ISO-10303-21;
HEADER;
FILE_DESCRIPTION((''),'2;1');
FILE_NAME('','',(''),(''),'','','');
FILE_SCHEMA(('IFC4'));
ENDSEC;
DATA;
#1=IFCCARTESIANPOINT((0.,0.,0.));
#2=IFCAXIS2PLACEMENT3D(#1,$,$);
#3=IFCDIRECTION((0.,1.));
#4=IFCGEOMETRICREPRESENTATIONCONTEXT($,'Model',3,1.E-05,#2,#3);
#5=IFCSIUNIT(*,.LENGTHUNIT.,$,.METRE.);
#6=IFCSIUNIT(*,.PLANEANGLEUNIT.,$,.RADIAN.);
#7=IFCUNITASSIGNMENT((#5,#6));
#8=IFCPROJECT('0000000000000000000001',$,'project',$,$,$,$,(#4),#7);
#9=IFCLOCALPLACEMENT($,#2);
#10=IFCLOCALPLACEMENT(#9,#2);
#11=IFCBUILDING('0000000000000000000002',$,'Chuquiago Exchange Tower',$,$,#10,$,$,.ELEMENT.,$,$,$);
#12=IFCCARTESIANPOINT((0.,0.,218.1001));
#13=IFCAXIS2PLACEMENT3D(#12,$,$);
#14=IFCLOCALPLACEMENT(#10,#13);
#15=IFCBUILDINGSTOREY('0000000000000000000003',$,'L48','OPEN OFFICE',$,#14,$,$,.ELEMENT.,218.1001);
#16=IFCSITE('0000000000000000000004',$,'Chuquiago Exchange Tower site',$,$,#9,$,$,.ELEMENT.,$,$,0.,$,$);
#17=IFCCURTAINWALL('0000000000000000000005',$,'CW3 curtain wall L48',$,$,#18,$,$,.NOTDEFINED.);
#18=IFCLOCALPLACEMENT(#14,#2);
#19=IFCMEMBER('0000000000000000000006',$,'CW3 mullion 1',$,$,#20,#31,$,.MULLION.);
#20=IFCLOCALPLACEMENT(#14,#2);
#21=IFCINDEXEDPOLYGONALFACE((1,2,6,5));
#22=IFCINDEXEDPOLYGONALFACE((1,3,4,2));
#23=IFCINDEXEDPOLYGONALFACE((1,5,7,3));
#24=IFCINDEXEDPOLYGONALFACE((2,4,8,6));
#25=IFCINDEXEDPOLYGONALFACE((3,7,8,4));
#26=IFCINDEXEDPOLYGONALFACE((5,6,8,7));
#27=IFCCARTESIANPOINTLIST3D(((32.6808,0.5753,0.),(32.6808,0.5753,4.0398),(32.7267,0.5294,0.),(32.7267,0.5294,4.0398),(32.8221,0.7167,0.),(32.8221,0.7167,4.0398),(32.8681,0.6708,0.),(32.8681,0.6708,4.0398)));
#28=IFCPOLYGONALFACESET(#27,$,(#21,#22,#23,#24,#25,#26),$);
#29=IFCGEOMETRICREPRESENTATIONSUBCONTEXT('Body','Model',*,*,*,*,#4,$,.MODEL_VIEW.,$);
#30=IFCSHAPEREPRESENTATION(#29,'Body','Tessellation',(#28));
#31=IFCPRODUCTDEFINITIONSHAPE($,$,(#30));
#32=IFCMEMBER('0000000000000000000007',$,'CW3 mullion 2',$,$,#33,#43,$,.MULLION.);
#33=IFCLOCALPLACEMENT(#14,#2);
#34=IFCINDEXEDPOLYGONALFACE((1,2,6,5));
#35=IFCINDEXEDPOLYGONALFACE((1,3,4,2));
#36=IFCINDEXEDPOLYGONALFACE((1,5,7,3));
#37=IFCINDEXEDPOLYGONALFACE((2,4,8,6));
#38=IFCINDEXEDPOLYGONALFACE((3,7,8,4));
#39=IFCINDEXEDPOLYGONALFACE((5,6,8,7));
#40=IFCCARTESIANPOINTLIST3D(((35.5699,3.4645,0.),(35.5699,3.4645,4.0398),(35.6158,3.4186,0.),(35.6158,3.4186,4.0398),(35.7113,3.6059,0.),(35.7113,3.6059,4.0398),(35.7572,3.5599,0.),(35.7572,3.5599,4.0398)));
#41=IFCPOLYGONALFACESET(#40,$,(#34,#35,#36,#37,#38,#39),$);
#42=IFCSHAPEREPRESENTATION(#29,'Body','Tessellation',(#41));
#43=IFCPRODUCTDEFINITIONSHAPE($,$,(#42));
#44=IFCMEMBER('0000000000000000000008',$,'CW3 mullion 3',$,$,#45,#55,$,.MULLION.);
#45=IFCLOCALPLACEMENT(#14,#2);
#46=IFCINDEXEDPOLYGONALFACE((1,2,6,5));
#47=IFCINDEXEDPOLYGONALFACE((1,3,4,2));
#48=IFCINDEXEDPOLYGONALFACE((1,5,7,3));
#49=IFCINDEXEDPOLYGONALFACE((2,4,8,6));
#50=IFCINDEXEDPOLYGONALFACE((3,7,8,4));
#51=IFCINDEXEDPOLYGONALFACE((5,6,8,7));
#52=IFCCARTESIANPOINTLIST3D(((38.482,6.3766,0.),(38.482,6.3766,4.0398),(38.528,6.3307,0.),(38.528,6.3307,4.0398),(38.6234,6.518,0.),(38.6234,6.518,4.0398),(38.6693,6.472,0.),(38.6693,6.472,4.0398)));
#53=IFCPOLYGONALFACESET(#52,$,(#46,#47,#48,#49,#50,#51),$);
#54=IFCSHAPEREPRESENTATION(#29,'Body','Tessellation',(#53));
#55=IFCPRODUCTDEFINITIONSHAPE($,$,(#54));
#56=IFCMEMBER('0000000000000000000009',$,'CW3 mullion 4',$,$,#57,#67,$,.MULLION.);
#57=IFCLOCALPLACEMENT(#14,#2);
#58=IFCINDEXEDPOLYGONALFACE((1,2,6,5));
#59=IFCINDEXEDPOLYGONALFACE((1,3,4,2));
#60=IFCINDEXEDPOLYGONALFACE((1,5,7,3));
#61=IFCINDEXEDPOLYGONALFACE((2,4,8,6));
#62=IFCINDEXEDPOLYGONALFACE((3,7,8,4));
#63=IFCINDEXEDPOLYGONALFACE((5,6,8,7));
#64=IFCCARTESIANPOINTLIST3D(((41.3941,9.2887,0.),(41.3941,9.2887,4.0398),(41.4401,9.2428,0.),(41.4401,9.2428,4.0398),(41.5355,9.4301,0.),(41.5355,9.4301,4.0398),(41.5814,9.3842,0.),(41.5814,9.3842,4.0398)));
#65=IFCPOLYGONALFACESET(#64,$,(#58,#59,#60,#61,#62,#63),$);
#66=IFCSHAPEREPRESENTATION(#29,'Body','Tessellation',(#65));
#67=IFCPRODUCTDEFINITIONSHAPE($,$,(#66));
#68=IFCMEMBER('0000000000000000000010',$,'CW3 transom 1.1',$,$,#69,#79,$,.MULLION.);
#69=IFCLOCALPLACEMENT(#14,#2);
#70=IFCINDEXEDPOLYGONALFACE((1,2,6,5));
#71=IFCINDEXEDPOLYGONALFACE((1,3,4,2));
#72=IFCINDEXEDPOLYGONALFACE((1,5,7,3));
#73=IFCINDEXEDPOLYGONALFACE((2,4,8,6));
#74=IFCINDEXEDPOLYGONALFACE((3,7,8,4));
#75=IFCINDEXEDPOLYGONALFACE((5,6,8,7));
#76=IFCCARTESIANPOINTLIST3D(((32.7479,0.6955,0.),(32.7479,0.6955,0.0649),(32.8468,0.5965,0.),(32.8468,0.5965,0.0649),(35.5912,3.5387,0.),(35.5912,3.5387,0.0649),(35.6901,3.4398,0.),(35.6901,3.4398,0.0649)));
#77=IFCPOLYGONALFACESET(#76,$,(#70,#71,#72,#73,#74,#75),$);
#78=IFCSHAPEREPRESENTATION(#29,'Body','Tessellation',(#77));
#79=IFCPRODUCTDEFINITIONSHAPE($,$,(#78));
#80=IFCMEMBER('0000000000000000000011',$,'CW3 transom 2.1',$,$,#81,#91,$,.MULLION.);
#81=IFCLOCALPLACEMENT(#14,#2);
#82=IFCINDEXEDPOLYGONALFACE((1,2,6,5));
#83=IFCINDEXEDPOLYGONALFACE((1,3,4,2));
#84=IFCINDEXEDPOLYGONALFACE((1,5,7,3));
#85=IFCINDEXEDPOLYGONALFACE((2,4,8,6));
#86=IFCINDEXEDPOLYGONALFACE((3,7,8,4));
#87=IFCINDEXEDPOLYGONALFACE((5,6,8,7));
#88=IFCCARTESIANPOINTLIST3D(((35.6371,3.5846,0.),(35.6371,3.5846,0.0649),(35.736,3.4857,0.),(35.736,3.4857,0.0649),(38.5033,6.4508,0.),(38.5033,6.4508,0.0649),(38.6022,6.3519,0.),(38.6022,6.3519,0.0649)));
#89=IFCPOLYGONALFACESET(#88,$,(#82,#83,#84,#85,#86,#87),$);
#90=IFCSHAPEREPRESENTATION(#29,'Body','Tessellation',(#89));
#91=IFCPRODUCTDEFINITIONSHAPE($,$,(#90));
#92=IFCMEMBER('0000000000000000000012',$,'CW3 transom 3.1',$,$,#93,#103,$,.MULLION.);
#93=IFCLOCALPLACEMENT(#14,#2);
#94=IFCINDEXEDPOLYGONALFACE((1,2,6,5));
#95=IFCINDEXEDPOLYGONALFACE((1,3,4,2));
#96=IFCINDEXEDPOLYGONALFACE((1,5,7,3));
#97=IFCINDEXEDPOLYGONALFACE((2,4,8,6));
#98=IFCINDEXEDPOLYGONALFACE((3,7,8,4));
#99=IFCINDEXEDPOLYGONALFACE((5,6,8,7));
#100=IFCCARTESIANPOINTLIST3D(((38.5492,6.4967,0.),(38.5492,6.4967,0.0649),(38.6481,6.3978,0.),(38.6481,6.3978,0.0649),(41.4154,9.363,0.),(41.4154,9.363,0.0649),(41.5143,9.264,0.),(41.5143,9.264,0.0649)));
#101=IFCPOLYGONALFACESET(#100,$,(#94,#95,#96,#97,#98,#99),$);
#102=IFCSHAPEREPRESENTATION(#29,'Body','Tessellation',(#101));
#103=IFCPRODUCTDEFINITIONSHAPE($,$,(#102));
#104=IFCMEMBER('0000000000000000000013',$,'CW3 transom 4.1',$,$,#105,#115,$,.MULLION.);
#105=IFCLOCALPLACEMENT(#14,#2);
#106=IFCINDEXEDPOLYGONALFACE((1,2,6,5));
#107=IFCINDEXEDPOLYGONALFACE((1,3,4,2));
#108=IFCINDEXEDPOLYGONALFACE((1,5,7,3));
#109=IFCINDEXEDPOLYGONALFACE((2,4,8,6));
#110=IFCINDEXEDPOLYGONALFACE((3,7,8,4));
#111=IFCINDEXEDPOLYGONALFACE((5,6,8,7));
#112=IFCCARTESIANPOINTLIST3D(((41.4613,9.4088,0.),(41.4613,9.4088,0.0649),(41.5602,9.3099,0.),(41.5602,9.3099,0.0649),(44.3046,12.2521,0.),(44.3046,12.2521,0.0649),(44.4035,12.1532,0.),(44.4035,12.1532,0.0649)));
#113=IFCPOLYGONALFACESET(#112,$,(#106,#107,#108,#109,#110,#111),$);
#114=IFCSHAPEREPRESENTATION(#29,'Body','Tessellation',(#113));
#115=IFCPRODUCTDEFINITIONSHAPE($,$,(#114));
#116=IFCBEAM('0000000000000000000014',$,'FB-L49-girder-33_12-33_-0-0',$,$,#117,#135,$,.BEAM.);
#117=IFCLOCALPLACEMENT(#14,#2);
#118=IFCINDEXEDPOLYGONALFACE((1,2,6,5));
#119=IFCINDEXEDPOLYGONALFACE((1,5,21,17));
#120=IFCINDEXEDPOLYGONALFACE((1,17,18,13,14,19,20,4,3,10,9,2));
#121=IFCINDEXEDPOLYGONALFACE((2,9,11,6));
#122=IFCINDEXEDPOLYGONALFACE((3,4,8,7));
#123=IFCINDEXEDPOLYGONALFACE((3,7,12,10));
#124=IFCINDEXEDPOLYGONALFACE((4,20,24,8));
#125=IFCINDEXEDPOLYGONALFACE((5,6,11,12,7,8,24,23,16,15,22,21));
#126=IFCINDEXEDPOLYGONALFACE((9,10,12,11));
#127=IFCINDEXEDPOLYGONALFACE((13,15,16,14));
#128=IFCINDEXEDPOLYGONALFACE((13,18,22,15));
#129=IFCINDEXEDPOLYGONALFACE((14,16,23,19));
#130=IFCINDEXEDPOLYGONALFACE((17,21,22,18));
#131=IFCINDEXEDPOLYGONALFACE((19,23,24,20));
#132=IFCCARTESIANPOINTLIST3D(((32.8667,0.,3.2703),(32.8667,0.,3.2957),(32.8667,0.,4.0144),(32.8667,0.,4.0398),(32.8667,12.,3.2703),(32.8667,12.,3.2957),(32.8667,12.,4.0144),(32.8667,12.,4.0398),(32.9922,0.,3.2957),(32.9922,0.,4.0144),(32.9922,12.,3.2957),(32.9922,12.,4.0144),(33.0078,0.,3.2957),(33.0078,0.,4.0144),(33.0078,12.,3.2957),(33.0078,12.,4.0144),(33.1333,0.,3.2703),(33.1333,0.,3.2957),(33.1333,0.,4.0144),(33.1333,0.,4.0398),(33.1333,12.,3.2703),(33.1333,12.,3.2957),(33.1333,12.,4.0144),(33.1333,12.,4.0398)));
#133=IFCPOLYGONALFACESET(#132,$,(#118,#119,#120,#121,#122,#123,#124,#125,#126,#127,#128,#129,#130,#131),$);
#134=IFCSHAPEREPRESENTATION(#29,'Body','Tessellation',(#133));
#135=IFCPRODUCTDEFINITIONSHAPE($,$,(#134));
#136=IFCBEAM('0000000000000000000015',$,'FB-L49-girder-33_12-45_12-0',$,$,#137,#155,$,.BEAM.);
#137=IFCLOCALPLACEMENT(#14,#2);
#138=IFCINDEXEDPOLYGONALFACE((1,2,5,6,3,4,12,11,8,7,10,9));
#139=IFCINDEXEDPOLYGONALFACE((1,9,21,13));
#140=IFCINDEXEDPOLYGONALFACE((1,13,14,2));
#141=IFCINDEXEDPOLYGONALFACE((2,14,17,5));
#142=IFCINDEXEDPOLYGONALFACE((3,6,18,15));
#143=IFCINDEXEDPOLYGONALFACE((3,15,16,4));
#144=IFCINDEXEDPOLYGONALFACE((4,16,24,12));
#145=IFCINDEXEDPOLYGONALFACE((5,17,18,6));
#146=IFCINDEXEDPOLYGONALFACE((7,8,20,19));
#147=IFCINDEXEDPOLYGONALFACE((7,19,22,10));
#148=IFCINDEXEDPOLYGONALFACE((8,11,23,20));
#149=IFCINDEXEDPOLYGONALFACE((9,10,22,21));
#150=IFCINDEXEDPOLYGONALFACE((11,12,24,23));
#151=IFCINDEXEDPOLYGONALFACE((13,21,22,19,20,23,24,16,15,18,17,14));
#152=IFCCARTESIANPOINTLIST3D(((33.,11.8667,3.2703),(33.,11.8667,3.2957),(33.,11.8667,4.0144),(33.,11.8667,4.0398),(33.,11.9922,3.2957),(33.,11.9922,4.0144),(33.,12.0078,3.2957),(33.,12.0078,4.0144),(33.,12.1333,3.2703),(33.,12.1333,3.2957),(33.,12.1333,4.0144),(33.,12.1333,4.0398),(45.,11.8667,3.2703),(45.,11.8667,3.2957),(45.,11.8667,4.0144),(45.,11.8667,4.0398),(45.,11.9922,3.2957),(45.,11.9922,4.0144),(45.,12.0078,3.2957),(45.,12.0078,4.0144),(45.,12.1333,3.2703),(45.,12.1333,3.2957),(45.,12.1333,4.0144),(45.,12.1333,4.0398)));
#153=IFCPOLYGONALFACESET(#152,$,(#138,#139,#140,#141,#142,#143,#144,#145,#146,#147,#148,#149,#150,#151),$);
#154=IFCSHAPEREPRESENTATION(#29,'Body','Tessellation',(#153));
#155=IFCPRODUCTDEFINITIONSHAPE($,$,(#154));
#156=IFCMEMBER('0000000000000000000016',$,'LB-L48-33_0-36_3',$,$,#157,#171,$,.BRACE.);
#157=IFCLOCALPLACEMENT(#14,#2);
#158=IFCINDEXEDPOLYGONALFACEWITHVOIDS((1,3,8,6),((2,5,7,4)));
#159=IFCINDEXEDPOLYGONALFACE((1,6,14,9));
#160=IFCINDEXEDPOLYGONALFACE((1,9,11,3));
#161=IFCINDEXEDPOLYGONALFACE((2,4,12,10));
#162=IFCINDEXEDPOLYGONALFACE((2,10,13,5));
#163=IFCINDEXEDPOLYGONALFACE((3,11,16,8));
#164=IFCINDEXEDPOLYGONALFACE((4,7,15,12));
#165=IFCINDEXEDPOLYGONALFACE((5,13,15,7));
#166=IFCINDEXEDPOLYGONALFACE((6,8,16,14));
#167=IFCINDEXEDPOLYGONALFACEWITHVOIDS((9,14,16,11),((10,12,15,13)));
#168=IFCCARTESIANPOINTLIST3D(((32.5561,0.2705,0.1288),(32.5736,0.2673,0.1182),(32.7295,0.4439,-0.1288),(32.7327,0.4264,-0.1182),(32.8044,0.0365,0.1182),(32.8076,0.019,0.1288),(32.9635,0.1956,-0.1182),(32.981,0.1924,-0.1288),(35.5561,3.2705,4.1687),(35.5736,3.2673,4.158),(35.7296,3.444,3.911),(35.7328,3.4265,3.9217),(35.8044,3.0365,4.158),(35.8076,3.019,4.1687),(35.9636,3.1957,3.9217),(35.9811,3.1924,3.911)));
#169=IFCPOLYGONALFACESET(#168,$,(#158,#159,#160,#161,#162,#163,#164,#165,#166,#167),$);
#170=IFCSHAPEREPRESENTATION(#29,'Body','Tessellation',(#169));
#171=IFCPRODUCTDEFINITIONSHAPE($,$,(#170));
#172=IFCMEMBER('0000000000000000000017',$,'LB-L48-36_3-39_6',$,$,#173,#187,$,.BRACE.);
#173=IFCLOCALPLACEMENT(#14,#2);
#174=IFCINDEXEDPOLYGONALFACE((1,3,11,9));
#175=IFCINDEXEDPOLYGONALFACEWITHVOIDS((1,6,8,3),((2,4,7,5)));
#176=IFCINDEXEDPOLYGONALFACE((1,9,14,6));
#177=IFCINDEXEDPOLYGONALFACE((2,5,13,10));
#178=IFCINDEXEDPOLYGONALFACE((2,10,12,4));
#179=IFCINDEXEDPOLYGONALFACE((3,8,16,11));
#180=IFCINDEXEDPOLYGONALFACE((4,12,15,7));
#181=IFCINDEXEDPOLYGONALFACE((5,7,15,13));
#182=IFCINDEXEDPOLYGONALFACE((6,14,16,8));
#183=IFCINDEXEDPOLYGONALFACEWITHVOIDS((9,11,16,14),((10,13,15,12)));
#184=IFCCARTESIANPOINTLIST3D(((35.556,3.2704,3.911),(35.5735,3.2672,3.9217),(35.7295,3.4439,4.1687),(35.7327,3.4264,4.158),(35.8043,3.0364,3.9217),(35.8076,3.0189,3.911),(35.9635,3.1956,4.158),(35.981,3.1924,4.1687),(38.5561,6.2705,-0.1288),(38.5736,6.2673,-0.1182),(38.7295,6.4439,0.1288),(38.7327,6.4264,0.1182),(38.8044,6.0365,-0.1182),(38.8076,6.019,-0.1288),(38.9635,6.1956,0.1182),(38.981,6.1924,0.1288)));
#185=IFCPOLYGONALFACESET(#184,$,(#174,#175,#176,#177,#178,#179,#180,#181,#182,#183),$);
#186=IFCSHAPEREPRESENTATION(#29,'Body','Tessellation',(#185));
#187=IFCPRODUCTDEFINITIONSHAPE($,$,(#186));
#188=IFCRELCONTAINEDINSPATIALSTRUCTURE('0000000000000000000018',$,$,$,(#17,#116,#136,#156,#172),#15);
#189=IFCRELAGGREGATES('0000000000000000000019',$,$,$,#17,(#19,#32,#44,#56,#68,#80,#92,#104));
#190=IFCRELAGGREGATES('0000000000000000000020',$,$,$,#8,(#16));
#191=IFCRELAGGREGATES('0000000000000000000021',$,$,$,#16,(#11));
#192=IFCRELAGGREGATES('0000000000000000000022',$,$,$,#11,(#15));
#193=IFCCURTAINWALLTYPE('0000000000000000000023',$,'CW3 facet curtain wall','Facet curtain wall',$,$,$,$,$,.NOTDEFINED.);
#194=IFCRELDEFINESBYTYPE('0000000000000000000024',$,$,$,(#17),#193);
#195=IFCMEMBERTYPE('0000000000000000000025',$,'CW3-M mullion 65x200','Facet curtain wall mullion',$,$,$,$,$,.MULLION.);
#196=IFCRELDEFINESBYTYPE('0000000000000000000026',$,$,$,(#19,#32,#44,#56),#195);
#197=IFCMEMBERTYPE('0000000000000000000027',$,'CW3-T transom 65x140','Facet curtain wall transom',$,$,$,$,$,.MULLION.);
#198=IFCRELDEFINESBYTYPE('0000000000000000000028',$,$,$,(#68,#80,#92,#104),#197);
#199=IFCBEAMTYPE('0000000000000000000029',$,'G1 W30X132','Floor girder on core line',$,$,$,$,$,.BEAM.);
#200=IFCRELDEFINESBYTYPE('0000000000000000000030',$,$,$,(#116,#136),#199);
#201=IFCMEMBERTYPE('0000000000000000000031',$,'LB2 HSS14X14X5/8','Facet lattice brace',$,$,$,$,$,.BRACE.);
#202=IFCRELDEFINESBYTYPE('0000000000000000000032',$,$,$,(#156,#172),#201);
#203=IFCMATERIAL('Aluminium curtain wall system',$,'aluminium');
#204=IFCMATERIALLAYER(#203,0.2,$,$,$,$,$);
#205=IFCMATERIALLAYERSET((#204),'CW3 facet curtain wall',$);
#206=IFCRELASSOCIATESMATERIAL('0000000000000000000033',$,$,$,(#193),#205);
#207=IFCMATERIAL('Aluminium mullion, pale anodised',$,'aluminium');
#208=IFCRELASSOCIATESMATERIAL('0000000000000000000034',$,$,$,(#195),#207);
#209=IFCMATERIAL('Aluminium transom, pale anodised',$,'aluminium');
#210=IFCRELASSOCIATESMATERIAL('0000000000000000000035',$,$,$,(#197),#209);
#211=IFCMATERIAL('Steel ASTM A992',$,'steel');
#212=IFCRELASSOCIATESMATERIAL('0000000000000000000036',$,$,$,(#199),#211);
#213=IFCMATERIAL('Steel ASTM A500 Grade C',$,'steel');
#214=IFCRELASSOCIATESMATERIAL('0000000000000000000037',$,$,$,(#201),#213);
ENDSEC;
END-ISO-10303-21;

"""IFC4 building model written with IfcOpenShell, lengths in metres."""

from ifc_helpers import new_model, si_unit, direction, frame, origin, origin_2d, place, context, subcontext, project, spatial, rectangle, hollow_rectangle, i_section, extrude, material, layer, layer_set, material_profile, profile_set, type_object, element, aggregate, save


model = new_model("IFC4")

# Units and contexts
model_context = context("Model", 3, precision=1e-05, world=origin(), true_north=direction((0.0, 1.0)))
body_context = subcontext(model_context, "Body", "Model", "MODEL_VIEW")
ifc_project = project(units=[si_unit("LENGTHUNIT", "METRE"), si_unit("PLANEANGLEUNIT", "RADIAN")], contexts=[model_context])

# Site, building, storey
site_placement = place(None, origin())
site = spatial("IfcSite", under=ifc_project, at=site_placement, Name="Chuquiago Exchange Tower site", CompositionType="ELEMENT", RefElevation=0.0)
building_placement = place(site_placement, origin())
building = spatial("IfcBuilding", under=site, at=building_placement, Name="Chuquiago Exchange Tower", CompositionType="ELEMENT")
storey_placement = place(building_placement, frame((0.0, 0.0, 218.1001)))
storey = spatial("IfcBuildingStorey", under=building, at=storey_placement, Name="L48", Description="OPEN OFFICE", CompositionType="ELEMENT", Elevation=218.1001)

# Curtain wall, members
ifc_material_1 = material(Name="Aluminium curtain wall system", Category="aluminium")
ifc_layer_1 = layer(ifc_material_1, 0.2)
ifc_layer_set_1 = layer_set([ifc_layer_1], Name="CW3 facet curtain wall")
curtain_wall_type = type_object("IfcCurtainWallType", Name="CW3 facet curtain wall", Description="Facet curtain wall", PredefinedType="NOTDEFINED", material=ifc_layer_set_1)
curtain_wall_placement = place(storey_placement, origin())
curtain_wall = element("IfcCurtainWall", 1, at=curtain_wall_placement, inside=storey, type_object=curtain_wall_type, Name="CW3 curtain wall L48", PredefinedType="NOTDEFINED")
ifc_material_2 = material(Name="Aluminium mullion, pale anodised", Category="aluminium")
ifc_material_profile_1 = material_profile(ifc_material_2, rectangle(XDim=0.0649, YDim=0.2, at=origin_2d()), Name="AL 65x200")
ifc_profile_set_1 = profile_set([ifc_material_profile_1], Name="Aluminium mullion, pale anodised")
member_type_1 = type_object("IfcMemberType", Name="CW3-M mullion 65x200", Description="Facet curtain wall mullion", PredefinedType="MULLION", material=ifc_profile_set_1)
member_1_placement = place(storey_placement, frame((32.7744, 0.623, 0.0), z_axis=(0.0, 0.0, 1.0), x_axis=(-0.707107, 0.707107, 0.0)))
member_1 = element("IfcMember", 2, at=member_1_placement, type_object=member_type_1, Name="CW3 mullion 1", PredefinedType="MULLION", context=body_context, shape_type="SweptSolid", body=[
    extrude(rectangle(XDim=0.0649, YDim=0.2, at=origin_2d()), origin(), (0.0, 0.0, 1.0), 4.0398),
])
member_2_placement = place(storey_placement, frame((35.6636, 3.5122, 0.0), z_axis=(0.0, 0.0, 1.0), x_axis=(-0.707107, 0.707107, 0.0)))
member_2 = element("IfcMember", 3, at=member_2_placement, type_object=member_type_1, Name="CW3 mullion 2", PredefinedType="MULLION", context=body_context, shape_type="SweptSolid", body=[
    extrude(rectangle(XDim=0.0649, YDim=0.2, at=origin_2d()), origin(), (0.0, 0.0, 1.0), 4.0398),
])
member_3_placement = place(storey_placement, frame((38.5757, 6.4243, 0.0), z_axis=(0.0, 0.0, 1.0), x_axis=(-0.707107, 0.707107, 0.0)))
member_3 = element("IfcMember", 4, at=member_3_placement, type_object=member_type_1, Name="CW3 mullion 3", PredefinedType="MULLION", context=body_context, shape_type="SweptSolid", body=[
    extrude(rectangle(XDim=0.0649, YDim=0.2, at=origin_2d()), origin(), (0.0, 0.0, 1.0), 4.0398),
])
member_4_placement = place(storey_placement, frame((41.4878, 9.3364, 0.0), z_axis=(0.0, 0.0, 1.0), x_axis=(-0.707107, 0.707107, 0.0)))
member_4 = element("IfcMember", 5, at=member_4_placement, type_object=member_type_1, Name="CW3 mullion 4", PredefinedType="MULLION", context=body_context, shape_type="SweptSolid", body=[
    extrude(rectangle(XDim=0.0649, YDim=0.2, at=origin_2d()), origin(), (0.0, 0.0, 1.0), 4.0398),
])
ifc_material_3 = material(Name="Aluminium transom, pale anodised", Category="aluminium")
ifc_material_profile_2 = material_profile(ifc_material_3, rectangle(XDim=0.1399, YDim=0.0649, at=origin_2d()), Name="AL 140x65")
ifc_profile_set_2 = profile_set([ifc_material_profile_2], Name="Aluminium transom, pale anodised")
member_type_2 = type_object("IfcMemberType", Name="CW3-T transom 65x140", Description="Facet curtain wall transom", PredefinedType="MULLION", material=ifc_profile_set_2)
member_5_placement = place(storey_placement, frame((32.7974, 0.646, 0.0325), z_axis=(0.707107, 0.707107, 0.0), x_axis=(-0.707107, 0.707107, 0.0)))
member_5 = element("IfcMember", 6, at=member_5_placement, type_object=member_type_2, Name="CW3 transom 1.1", PredefinedType="MULLION", context=body_context, shape_type="SweptSolid", body=[
    extrude(rectangle(XDim=0.1399, YDim=0.0649, at=origin_2d()), origin(), (0.0, 0.0, 1.0), 4.021),
])
member_6_placement = place(storey_placement, frame((35.6865, 3.5352, 0.0325), z_axis=(0.707107, 0.707107, 0.0), x_axis=(-0.707107, 0.707107, 0.0)))
member_6 = element("IfcMember", 7, at=member_6_placement, type_object=member_type_2, Name="CW3 transom 2.1", PredefinedType="MULLION", context=body_context, shape_type="SweptSolid", body=[
    extrude(rectangle(XDim=0.1399, YDim=0.0649, at=origin_2d()), origin(), (0.0, 0.0, 1.0), 4.0535),
])
member_7_placement = place(storey_placement, frame((38.5986, 6.4473, 0.0325), z_axis=(0.707107, 0.707107, 0.0), x_axis=(-0.707107, 0.707107, 0.0)))
member_7 = element("IfcMember", 8, at=member_7_placement, type_object=member_type_2, Name="CW3 transom 3.1", PredefinedType="MULLION", context=body_context, shape_type="SweptSolid", body=[
    extrude(rectangle(XDim=0.1399, YDim=0.0649, at=origin_2d()), origin(), (0.0, 0.0, 1.0), 4.0535),
])
member_8_placement = place(storey_placement, frame((41.5107, 9.3594, 0.0325), z_axis=(0.707107, 0.707107, 0.0), x_axis=(-0.707107, 0.707107, 0.0)))
member_8 = element("IfcMember", 9, at=member_8_placement, type_object=member_type_2, Name="CW3 transom 4.1", PredefinedType="MULLION", context=body_context, shape_type="SweptSolid", body=[
    extrude(rectangle(XDim=0.1399, YDim=0.0649, at=origin_2d()), origin(), (0.0, 0.0, 1.0), 4.021),
])

# Beams
ifc_material_4 = material(Name="Steel ASTM A992", Category="steel")
ifc_material_profile_3 = material_profile(ifc_material_4, i_section(OverallWidth=0.2666, OverallDepth=0.7695, WebThickness=0.0156, FlangeThickness=0.0254, at=origin_2d()), Name="W30X132")
ifc_profile_set_3 = profile_set([ifc_material_profile_3], Name="Steel ASTM A992")
beam_type_1 = type_object("IfcBeamType", Name="G1 W30X132", Description="Floor girder on core line", PredefinedType="BEAM", material=ifc_profile_set_3)
for number, where, z_axis, x_axis, name in (
    (10, (33.0, 12.0, 3.655), (0.0, -1.0, 0.0), (1.0, 0.0, 0.0), "FB-L49-girder-33_12-33_-0-0"),
    (11, (33.0, 12.0, 3.655), (1.0, 0.0, 0.0), (0.0, 1.0, 0.0), "FB-L49-girder-33_12-45_12-0"),
):
    element("IfcBeam", number, at=place(storey_placement, frame(where, z_axis=z_axis, x_axis=x_axis)), inside=storey, type_object=beam_type_1, Name=name, PredefinedType="BEAM", context=body_context, shape_type="SweptSolid", body=[
        extrude(i_section(OverallWidth=0.2666, OverallDepth=0.7695, WebThickness=0.0156, FlangeThickness=0.0254, at=origin_2d()), origin(), (0.0, 0.0, 1.0), 12.0),
    ])

# Members
ifc_material_5 = material(Name="Steel ASTM A500 Grade C", Category="steel")
ifc_material_profile_4 = material_profile(ifc_material_5, hollow_rectangle(XDim=0.3557, YDim=0.3557, WallThickness=0.0146, at=origin_2d()), Name="HSS14X14X5/8")
ifc_profile_set_4 = profile_set([ifc_material_profile_4], Name="Steel ASTM A500 Grade C")
member_type_3 = type_object("IfcMemberType", Name="LB2 HSS14X14X5/8", Description="Facet lattice brace", PredefinedType="BRACE", material=ifc_profile_set_4)
for number, where, z_axis, x_axis, name in (
    (12, (32.7686, 0.2314, 0.0), (0.512092, 0.512092, 0.689582), (-0.707107, 0.707107, 0.0), "LB-L48-33_0-36_3"),
    (13, (38.7686, 6.2314, 0.0), (-0.512092, -0.512092, 0.689582), (0.707107, -0.707107, 0.0), "LB-L48-36_3-39_6"),
):
    element("IfcMember", number, at=place(storey_placement, frame(where, z_axis=z_axis, x_axis=x_axis)), inside=storey, type_object=member_type_3, Name=name, PredefinedType="BRACE", context=body_context, shape_type="SweptSolid", body=[
        extrude(hollow_rectangle(XDim=0.3557, YDim=0.3557, WallThickness=0.0146, at=origin_2d()), origin(), (0.0, 0.0, 1.0), 5.8584),
    ])

aggregate(curtain_wall, [member_1, member_2, member_3, member_4, member_5, member_6, member_7, member_8])

save(model, "model.ifc")
